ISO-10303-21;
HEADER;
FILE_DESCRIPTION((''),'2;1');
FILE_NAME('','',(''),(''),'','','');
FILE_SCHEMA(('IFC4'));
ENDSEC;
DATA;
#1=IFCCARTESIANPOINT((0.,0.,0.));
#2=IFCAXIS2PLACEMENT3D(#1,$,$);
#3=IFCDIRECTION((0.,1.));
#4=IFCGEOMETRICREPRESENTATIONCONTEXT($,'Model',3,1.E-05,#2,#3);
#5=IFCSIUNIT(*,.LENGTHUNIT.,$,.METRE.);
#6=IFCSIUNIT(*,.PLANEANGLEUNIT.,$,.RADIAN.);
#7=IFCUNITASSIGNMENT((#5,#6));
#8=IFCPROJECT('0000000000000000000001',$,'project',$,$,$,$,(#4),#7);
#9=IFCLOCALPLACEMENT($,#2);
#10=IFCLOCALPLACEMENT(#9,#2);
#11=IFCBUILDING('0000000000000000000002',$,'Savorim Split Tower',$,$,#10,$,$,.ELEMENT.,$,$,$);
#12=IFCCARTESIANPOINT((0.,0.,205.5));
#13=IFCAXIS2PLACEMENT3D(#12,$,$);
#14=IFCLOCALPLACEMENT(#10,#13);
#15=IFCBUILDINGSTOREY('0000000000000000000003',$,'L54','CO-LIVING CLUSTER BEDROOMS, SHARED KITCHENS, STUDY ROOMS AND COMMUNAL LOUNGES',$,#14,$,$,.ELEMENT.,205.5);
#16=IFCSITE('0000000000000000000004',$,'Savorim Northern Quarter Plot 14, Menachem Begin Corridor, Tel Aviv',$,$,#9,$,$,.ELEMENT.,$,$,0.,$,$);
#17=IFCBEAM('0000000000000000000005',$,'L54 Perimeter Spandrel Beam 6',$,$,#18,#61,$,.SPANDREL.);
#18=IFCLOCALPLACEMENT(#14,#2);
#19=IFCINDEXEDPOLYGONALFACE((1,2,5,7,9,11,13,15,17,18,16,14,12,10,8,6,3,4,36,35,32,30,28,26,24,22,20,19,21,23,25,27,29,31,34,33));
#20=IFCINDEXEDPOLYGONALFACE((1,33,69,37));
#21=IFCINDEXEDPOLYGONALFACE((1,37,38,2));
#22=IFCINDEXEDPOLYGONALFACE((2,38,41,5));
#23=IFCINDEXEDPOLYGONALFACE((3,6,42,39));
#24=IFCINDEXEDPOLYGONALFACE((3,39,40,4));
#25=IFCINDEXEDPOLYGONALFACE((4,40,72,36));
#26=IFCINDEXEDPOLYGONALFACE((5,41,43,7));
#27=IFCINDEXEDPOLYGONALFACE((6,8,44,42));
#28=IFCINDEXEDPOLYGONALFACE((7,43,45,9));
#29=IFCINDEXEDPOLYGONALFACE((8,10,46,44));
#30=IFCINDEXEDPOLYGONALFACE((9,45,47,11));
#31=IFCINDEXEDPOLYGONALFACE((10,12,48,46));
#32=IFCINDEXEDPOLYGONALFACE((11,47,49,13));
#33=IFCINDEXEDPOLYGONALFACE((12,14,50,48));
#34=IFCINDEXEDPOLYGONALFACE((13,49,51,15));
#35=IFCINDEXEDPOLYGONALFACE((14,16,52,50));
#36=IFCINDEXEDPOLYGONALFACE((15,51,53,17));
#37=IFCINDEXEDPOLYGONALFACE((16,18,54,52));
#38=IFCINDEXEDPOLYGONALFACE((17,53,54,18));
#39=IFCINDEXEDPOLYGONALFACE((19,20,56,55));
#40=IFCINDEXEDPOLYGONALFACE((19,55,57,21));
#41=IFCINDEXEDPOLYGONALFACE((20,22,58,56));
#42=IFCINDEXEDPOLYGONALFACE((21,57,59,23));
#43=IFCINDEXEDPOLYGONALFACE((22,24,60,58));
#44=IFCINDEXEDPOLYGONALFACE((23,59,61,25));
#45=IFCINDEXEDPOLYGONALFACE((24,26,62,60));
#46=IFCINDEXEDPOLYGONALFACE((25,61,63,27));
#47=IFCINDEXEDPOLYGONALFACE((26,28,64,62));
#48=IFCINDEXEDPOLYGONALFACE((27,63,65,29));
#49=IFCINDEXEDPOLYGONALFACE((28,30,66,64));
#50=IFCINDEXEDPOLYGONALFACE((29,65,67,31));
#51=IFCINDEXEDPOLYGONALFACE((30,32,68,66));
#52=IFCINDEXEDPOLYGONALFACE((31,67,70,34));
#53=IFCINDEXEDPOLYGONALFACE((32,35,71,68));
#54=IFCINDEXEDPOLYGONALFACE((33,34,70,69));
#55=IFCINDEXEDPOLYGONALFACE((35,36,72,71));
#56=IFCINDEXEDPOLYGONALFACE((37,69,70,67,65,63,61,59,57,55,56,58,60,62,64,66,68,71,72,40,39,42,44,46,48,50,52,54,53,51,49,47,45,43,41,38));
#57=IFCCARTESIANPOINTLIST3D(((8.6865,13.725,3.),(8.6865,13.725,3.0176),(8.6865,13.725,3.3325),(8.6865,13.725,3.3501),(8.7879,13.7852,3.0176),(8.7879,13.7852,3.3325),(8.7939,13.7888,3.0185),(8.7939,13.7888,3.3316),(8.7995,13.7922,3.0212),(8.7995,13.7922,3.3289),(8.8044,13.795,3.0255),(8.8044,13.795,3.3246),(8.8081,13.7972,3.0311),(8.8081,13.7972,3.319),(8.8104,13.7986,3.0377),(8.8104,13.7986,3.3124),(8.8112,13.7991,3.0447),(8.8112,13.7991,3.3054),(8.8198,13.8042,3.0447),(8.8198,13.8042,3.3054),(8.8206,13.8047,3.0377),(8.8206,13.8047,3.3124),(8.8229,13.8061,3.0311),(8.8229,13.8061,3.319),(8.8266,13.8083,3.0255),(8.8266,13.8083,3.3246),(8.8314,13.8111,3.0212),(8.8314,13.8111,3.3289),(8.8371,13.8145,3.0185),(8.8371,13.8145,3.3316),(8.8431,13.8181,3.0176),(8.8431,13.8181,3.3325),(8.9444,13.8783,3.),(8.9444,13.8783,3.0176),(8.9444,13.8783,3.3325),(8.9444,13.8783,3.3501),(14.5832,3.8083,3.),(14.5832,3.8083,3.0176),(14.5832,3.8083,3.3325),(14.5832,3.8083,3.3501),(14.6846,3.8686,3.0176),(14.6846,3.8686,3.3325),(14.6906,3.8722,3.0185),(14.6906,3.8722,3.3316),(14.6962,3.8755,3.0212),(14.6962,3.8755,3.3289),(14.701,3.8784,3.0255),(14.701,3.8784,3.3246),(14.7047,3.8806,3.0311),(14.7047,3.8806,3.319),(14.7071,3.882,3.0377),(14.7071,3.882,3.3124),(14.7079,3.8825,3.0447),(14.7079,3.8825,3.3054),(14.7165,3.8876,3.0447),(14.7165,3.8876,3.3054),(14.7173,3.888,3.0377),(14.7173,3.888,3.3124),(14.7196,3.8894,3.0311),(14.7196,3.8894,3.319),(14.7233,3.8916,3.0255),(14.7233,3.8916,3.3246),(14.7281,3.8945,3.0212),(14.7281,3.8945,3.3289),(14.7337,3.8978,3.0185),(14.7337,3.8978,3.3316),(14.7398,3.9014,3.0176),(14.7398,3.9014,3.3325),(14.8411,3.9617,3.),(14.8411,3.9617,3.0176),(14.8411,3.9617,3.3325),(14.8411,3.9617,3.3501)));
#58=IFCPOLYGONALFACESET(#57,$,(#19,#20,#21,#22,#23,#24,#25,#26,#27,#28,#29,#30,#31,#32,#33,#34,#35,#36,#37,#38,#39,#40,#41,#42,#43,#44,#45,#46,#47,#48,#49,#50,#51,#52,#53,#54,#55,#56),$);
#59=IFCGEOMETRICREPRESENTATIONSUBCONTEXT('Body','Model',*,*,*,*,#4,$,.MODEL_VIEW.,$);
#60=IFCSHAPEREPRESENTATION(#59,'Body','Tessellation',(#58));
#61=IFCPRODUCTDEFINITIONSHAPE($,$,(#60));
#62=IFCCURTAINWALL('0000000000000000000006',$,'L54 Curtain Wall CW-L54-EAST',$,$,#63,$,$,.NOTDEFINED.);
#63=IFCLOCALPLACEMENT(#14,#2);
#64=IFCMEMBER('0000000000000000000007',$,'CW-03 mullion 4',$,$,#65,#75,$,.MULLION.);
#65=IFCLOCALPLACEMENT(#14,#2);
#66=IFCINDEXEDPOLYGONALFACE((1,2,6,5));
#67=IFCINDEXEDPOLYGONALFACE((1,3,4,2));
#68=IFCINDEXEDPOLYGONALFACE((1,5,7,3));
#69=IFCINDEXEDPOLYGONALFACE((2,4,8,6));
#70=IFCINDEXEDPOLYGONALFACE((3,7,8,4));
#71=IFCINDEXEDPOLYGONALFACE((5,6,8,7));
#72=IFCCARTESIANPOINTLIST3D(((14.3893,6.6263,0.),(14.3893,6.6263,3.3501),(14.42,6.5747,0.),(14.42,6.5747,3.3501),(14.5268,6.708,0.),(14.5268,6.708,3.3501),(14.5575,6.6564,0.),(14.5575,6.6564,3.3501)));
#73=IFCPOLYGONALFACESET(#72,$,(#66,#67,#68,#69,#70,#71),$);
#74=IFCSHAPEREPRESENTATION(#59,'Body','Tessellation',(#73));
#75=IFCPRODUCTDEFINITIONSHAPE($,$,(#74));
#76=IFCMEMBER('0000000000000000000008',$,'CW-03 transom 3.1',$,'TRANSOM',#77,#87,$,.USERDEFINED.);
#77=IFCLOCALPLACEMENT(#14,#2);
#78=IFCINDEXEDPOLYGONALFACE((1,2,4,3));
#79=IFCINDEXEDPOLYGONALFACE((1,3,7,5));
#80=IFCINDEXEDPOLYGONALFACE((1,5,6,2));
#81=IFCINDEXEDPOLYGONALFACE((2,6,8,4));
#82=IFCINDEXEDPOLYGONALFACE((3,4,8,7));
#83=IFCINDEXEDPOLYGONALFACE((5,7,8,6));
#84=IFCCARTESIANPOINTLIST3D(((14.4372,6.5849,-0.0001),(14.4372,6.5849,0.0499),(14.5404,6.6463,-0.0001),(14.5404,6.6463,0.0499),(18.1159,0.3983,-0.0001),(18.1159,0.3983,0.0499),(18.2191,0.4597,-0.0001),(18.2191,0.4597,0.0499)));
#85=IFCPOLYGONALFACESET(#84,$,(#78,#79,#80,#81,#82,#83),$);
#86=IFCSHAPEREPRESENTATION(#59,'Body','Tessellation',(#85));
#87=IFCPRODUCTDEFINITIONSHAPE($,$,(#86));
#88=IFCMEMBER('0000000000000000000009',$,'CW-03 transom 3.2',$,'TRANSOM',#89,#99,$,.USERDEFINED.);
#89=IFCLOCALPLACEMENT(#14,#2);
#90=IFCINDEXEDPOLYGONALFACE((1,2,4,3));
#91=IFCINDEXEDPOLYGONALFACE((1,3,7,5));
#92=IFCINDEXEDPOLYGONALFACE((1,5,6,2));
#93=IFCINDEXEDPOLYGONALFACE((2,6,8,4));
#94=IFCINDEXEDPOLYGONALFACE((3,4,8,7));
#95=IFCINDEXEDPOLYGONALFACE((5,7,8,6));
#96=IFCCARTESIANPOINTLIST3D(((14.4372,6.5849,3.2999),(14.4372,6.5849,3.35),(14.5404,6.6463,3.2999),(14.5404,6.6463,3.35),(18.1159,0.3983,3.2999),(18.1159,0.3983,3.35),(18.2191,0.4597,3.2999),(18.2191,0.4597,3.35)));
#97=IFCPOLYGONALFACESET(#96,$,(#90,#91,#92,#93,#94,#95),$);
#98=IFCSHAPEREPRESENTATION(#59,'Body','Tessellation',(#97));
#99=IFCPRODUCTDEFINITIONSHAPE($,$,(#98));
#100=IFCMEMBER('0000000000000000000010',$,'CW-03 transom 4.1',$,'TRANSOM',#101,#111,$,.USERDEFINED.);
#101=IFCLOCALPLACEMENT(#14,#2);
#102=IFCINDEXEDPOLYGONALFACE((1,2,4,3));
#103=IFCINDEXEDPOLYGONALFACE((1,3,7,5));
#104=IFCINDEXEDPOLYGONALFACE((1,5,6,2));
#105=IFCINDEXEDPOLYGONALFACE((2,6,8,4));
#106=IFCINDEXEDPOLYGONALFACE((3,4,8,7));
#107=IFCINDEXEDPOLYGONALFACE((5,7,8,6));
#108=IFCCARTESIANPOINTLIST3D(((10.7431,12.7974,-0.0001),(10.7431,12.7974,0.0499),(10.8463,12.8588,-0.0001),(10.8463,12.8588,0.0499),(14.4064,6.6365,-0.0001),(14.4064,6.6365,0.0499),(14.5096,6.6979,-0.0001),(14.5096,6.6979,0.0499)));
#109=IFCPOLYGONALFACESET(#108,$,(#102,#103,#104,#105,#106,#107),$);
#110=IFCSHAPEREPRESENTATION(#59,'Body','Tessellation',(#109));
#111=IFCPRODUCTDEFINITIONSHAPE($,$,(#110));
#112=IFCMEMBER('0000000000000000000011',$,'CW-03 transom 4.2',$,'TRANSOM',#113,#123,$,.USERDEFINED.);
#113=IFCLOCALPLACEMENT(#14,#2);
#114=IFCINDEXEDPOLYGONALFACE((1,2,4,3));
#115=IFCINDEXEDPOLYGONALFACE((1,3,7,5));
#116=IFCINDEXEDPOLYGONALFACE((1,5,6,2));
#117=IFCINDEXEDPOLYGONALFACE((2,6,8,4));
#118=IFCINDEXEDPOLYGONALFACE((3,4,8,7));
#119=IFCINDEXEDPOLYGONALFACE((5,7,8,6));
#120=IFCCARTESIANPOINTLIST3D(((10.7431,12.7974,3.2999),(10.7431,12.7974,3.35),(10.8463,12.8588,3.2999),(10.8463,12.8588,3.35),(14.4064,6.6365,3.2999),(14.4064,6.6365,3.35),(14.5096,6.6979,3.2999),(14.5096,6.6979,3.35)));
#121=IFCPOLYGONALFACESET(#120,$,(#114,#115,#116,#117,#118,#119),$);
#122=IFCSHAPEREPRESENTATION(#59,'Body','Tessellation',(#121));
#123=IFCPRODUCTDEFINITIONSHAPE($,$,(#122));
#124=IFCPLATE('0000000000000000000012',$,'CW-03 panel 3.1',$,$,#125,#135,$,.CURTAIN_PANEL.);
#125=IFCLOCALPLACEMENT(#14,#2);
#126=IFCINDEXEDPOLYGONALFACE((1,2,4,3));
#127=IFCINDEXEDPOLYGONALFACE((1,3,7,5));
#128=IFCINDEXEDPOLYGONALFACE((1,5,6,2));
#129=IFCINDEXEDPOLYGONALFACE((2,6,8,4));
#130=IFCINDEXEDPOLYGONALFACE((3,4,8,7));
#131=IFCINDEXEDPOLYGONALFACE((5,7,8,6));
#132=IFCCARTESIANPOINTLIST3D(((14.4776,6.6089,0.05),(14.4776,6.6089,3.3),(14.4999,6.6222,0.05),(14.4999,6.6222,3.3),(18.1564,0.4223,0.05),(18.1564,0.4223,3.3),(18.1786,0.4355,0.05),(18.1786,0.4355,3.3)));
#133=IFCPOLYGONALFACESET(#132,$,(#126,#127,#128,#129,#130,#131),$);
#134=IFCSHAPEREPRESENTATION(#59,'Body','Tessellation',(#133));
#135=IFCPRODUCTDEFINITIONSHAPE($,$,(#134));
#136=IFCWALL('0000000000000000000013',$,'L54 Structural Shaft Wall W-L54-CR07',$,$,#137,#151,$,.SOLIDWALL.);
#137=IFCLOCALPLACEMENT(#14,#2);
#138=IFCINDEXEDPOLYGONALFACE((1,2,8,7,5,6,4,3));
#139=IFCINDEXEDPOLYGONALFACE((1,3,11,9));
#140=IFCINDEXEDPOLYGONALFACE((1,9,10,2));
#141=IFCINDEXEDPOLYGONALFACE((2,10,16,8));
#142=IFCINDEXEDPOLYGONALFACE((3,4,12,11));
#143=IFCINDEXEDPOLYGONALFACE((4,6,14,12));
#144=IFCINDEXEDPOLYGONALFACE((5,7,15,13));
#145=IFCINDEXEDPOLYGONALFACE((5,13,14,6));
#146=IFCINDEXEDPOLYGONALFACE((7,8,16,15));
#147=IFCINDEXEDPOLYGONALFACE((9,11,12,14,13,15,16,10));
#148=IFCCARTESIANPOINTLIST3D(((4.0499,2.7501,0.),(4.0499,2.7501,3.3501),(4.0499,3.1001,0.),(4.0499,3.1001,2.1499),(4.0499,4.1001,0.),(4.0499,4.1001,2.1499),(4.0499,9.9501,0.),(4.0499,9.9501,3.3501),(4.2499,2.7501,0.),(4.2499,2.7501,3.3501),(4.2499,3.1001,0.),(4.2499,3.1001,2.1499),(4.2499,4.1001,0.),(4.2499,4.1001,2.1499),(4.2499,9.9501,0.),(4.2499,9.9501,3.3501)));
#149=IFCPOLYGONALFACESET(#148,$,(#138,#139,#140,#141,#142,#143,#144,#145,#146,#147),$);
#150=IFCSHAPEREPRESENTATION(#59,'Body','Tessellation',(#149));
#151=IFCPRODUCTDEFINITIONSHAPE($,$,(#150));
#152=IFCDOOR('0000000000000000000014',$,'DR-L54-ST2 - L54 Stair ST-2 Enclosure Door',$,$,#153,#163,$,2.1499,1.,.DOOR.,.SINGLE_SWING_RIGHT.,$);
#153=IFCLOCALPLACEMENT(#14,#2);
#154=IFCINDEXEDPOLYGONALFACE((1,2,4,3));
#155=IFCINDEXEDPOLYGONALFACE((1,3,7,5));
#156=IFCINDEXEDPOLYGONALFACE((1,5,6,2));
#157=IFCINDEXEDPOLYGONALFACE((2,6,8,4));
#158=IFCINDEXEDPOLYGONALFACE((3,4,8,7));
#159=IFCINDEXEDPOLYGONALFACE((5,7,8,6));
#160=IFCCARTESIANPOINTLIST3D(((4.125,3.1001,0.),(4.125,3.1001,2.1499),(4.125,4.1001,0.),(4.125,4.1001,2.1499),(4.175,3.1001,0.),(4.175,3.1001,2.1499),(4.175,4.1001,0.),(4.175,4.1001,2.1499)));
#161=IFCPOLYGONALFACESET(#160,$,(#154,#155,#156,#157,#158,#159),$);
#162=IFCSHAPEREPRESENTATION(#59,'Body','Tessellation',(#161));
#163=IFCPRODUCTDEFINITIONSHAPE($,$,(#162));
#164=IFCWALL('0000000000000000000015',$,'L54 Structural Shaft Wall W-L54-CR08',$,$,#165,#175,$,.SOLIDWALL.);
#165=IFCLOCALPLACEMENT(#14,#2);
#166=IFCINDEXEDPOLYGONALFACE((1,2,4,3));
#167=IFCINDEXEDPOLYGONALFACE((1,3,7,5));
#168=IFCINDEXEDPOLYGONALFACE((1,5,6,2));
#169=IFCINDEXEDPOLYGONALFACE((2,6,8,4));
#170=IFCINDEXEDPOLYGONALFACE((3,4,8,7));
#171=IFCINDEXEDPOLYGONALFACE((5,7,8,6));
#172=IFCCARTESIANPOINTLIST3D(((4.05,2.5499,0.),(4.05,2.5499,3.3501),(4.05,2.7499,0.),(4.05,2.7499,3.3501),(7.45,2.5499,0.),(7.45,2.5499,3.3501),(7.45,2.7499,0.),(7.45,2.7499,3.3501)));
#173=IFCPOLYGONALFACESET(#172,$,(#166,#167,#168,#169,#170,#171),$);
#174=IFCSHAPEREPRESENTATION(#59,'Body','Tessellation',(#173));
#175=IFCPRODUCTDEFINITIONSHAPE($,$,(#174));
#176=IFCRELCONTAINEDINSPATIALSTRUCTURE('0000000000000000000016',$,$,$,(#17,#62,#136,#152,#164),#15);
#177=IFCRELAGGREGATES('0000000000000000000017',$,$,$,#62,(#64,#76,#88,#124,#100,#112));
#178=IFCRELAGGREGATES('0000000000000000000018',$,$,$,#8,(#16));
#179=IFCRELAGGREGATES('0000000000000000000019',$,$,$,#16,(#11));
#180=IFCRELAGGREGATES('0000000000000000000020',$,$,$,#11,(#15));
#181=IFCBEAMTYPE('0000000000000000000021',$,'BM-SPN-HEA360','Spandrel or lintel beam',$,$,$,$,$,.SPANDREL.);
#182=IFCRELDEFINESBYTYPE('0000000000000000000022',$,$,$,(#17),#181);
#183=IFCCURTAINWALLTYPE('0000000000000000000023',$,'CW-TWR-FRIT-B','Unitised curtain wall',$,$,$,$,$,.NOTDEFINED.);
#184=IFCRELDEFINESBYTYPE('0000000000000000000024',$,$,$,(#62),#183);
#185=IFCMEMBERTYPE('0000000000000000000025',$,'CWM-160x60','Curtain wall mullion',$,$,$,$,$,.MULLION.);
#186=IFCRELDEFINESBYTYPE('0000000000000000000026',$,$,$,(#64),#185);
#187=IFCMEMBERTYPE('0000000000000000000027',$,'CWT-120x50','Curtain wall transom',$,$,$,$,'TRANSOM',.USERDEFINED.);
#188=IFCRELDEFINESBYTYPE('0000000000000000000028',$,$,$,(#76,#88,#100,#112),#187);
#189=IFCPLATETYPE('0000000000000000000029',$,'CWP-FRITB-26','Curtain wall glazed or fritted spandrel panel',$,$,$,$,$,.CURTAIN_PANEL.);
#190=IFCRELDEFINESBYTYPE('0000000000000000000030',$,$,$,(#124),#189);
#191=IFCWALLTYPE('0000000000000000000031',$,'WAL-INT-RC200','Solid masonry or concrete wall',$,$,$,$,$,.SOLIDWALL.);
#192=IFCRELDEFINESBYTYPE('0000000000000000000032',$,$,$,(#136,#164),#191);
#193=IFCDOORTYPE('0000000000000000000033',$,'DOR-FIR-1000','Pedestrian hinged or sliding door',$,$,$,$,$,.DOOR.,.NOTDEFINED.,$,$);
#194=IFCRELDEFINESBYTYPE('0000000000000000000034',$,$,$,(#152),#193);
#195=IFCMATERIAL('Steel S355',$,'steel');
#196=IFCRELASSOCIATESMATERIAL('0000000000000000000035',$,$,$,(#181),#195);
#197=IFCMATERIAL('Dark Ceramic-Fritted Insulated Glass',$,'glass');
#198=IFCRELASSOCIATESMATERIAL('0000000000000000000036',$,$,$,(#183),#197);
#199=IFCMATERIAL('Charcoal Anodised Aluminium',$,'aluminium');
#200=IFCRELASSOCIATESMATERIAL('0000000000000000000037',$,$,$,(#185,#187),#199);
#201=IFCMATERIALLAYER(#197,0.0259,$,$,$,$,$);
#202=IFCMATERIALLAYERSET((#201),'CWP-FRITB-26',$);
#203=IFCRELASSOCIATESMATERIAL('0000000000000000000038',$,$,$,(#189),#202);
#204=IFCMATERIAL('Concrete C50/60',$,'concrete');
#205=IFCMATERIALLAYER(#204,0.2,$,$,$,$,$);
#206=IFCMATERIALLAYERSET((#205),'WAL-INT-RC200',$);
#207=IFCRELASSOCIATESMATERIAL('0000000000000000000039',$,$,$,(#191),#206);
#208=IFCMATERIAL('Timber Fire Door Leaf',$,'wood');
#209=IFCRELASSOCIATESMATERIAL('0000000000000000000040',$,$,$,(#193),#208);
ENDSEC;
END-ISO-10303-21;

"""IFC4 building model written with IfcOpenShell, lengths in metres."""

from ifc_helpers import new_model, si_unit, direction, frame, frame_2d, origin, origin_2d, place, context, subcontext, project, spatial, rectangle, i_section, extrude, material, layer, layer_set, material_profile, profile_set, type_object, element, fill, aggregate, save


model = new_model("IFC4")

# Units and contexts
model_context = context("Model", 3, precision=1e-05, world=origin(), true_north=direction((0.0, 1.0)))
body_context = subcontext(model_context, "Body", "Model", "MODEL_VIEW")
ifc_project = project(units=[si_unit("LENGTHUNIT", "METRE"), si_unit("PLANEANGLEUNIT", "RADIAN")], contexts=[model_context])

# Site, building, storey
site_placement = place(None, origin())
site = spatial("IfcSite", under=ifc_project, at=site_placement, Name="Savorim Northern Quarter Plot 14, Menachem Begin Corridor, Tel Aviv", CompositionType="ELEMENT", RefElevation=0.0)
building_placement = place(site_placement, origin())
building = spatial("IfcBuilding", under=site, at=building_placement, Name="Savorim Split Tower", CompositionType="ELEMENT")
storey_placement = place(building_placement, frame((0.0, 0.0, 205.5)))
storey = spatial("IfcBuildingStorey", under=building, at=storey_placement, Name="L54", Description="CO-LIVING CLUSTER BEDROOMS, SHARED KITCHENS, STUDY ROOMS AND COMMUNAL LOUNGES", CompositionType="ELEMENT", Elevation=205.5)

# Shared definitions
ifc_material_1 = material(Name="Steel S355", Category="steel")

# Beam
ifc_material_profile_1 = material_profile(ifc_material_1, i_section(OverallWidth=0.3, OverallDepth=0.3501, WebThickness=0.01, FlangeThickness=0.0176, FilletRadius=0.0271, at=origin_2d()), Name="HEA 360")
ifc_profile_set_1 = profile_set([ifc_material_profile_1], Name="Steel S355")
beam_type_1 = type_object("IfcBeamType", Name="BM-SPN-HEA360", Description="Spandrel or lintel beam", PredefinedType="SPANDREL", material=ifc_profile_set_1)
beam_1_placement = place(storey_placement, frame((14.7122, 3.885, 3.175), z_axis=(-0.511094, 0.859525, 0.0), x_axis=(-0.859525, -0.511094, 0.0)))
element("IfcBeam", 1, at=beam_1_placement, inside=storey, type_object=beam_type_1, Name="L54 Perimeter Spandrel Beam 6", PredefinedType="SPANDREL", context=body_context, shape_type="SweptSolid", body=[
    extrude(i_section(OverallWidth=0.3, OverallDepth=0.3501, WebThickness=0.01, FlangeThickness=0.0176, FilletRadius=0.0271, at=origin_2d()), origin(), (0.0, 0.0, 1.0), 11.5374),
])

# Curtain wall, members, plate
ifc_material_2 = material(Name="Dark Ceramic-Fritted Insulated Glass", Category="glass")
curtain_wall_type = type_object("IfcCurtainWallType", Name="CW-TWR-FRIT-B", Description="Unitised curtain wall", PredefinedType="NOTDEFINED", material=ifc_material_2)
curtain_wall_placement = place(storey_placement, origin())
curtain_wall = element("IfcCurtainWall", 2, at=curtain_wall_placement, inside=storey, type_object=curtain_wall_type, Name="L54 Curtain Wall CW-L54-EAST", PredefinedType="NOTDEFINED")
ifc_material_3 = material(Name="Charcoal Anodised Aluminium", Category="aluminium")
ifc_material_profile_2 = material_profile(ifc_material_3, rectangle(XDim=0.1599, YDim=0.0601, at=origin_2d()), Name="ALU-M 160x60")
ifc_profile_set_2 = profile_set([ifc_material_profile_2], Name="Charcoal Anodised Aluminium")
member_type_1 = type_object("IfcMemberType", Name="CWM-160x60", Description="Curtain wall mullion", PredefinedType="MULLION", material=ifc_profile_set_2)
member_1_placement = place(storey_placement, frame((14.4734, 6.6414, 0.0), z_axis=(0.0, 0.0, 1.0), x_axis=(-0.859526, -0.511092, 0.0)))
member_1 = element("IfcMember", 3, at=member_1_placement, type_object=member_type_1, Name="CW-03 mullion 4", PredefinedType="MULLION", context=body_context, shape_type="SweptSolid", body=[
    extrude(rectangle(XDim=0.1599, YDim=0.0601, at=origin_2d()), origin(), (0.0, 0.0, 1.0), 3.3501),
])
ifc_material_profile_3 = material_profile(ifc_material_3, rectangle(XDim=0.1201, YDim=0.05, at=origin_2d()), Name="ALU-T 120x50")
ifc_profile_set_3 = profile_set([ifc_material_profile_3], Name="Charcoal Anodised Aluminium")
member_type_2 = type_object("IfcMemberType", Name="CWT-120x50", Description="Curtain wall transom", ElementType="TRANSOM", PredefinedType="USERDEFINED", material=ifc_profile_set_3)
member_2_placement = place(storey_placement, frame((18.1675, 0.429, 0.0249), z_axis=(-0.511085, 0.85953, 0.0), x_axis=(-0.85953, -0.511085, 0.0)))
member_2 = element("IfcMember", 4, at=member_2_placement, type_object=member_type_2, Name="CW-03 transom 3.1", ObjectType="TRANSOM", PredefinedType="USERDEFINED", context=body_context, shape_type="SweptSolid", body=[
    extrude(rectangle(XDim=0.1201, YDim=0.05, at=origin_2d()), origin(), (0.0, 0.0, 1.0), 7.1978),
])
member_3_placement = place(storey_placement, frame((18.1675, 0.429, 3.325), z_axis=(-0.511085, 0.85953, 0.0), x_axis=(-0.85953, -0.511085, 0.0)))
member_3 = element("IfcMember", 5, at=member_3_placement, type_object=member_type_2, Name="CW-03 transom 3.2", ObjectType="TRANSOM", PredefinedType="USERDEFINED", context=body_context, shape_type="SweptSolid", body=[
    extrude(rectangle(XDim=0.1201, YDim=0.05, at=origin_2d()), origin(), (0.0, 0.0, 1.0), 7.1978),
])
member_4_placement = place(storey_placement, frame((14.458, 6.6672, 0.0249), z_axis=(-0.511086, 0.85953, 0.0), x_axis=(-0.85953, -0.511086, 0.0)))
member_4 = element("IfcMember", 6, at=member_4_placement, type_object=member_type_2, Name="CW-03 transom 4.1", ObjectType="TRANSOM", PredefinedType="USERDEFINED", context=body_context, shape_type="SweptSolid", body=[
    extrude(rectangle(XDim=0.1201, YDim=0.05, at=origin_2d()), origin(), (0.0, 0.0, 1.0), 7.1677),
])
member_5_placement = place(storey_placement, frame((14.458, 6.6672, 3.325), z_axis=(-0.511086, 0.85953, 0.0), x_axis=(-0.85953, -0.511086, 0.0)))
member_5 = element("IfcMember", 7, at=member_5_placement, type_object=member_type_2, Name="CW-03 transom 4.2", ObjectType="TRANSOM", PredefinedType="USERDEFINED", context=body_context, shape_type="SweptSolid", body=[
    extrude(rectangle(XDim=0.1201, YDim=0.05, at=origin_2d()), origin(), (0.0, 0.0, 1.0), 7.1677),
])
ifc_layer_1 = layer(ifc_material_2, 0.0259)
ifc_layer_set_1 = layer_set([ifc_layer_1], Name="CWP-FRITB-26")
plate_type = type_object("IfcPlateType", Name="CWP-FRITB-26", Description="Curtain wall glazed or fritted spandrel panel", PredefinedType="CURTAIN_PANEL", material=ifc_layer_set_1)
plate_placement = place(storey_placement, frame((16.3281, 3.5222, 0.05), z_axis=(0.0, 0.0, 1.0), x_axis=(-0.511092, 0.859526, 0.0)))
plate = element("IfcPlate", 8, at=plate_placement, type_object=plate_type, Name="CW-03 panel 3.1", PredefinedType="CURTAIN_PANEL", context=body_context, shape_type="SweptSolid", body=[
    extrude(rectangle(XDim=7.1978, YDim=0.0259, at=origin_2d()), origin(), (0.0, 0.0, 1.0), 3.25),
])
aggregate(curtain_wall, [member_1, member_2, member_3, plate, member_4, member_5])

# Wall, opening, door
ifc_material_4 = material(Name="Concrete C50/60", Category="concrete")
ifc_layer_2 = layer(ifc_material_4, 0.2)
ifc_layer_set_2 = layer_set([ifc_layer_2], Name="WAL-INT-RC200")
wall_type_1 = type_object("IfcWallType", Name="WAL-INT-RC200", Description="Solid masonry or concrete wall", PredefinedType="SOLIDWALL", material=ifc_layer_set_2)
wall_1_placement = place(storey_placement, frame((4.1499, 2.75, 0.0), z_axis=(0.0, 0.0, 1.0), x_axis=(0.0, 1.0, 0.0)))
wall_1 = element("IfcWall", 9, at=wall_1_placement, inside=storey, type_object=wall_type_1, Name="L54 Structural Shaft Wall W-L54-CR07", PredefinedType="SOLIDWALL", context=body_context, shape_type="SweptSolid", body=[
    extrude(rectangle(XDim=7.2, YDim=0.2, at=frame_2d((3.6001, 0.0))), origin(), (0.0, 0.0, 1.0), 3.3501),
])
opening_1_placement = place(wall_1_placement, frame((0.3501, 0.0, 0.0)))
opening_1 = element("IfcOpeningElement", 10, at=opening_1_placement, cuts=wall_1, PredefinedType="OPENING", context=body_context, shape_type="SweptSolid", body=[
    extrude(rectangle(XDim=1.0, YDim=2.1499, at=frame_2d((0.5, 1.075))), frame((0.0, 0.1099, 0.0), z_axis=(0.0, -1.0, 0.0), x_axis=(1.0, 0.0, 0.0)), (0.0, 0.0, 1.0), 0.22),
])
ifc_material_5 = material(Name="Timber Fire Door Leaf", Category="wood")
door_type_1 = type_object("IfcDoorType", Name="DOR-FIR-1000", Description="Pedestrian hinged or sliding door", OperationType="NOTDEFINED", PredefinedType="DOOR", material=ifc_material_5)
door_1_placement = place(opening_1_placement, origin())
door_1 = element("IfcDoor", 11, at=door_1_placement, inside=storey, type_object=door_type_1, Name="DR-L54-ST2 - L54 Stair ST-2 Enclosure Door", OperationType="SINGLE_SWING_RIGHT", OverallHeight=2.1499, OverallWidth=1.0, PredefinedType="DOOR", context=body_context, shape_type="SweptSolid", body=[
    extrude(rectangle(XDim=1.0, YDim=2.1499, at=frame_2d((0.5, 1.075))), frame((0.0, 0.0249, 0.0), z_axis=(0.0, -1.0, 0.0), x_axis=(1.0, 0.0, 0.0)), (0.0, 0.0, 1.0), 0.05),
])
fill(opening_1, door_1)

# Wall
wall_2_placement = place(storey_placement, frame((4.05, 2.6499, 0.0), z_axis=(0.0, 0.0, 1.0), x_axis=(1.0, 0.0, 0.0)))
element("IfcWall", 12, at=wall_2_placement, inside=storey, type_object=wall_type_1, Name="L54 Structural Shaft Wall W-L54-CR08", PredefinedType="SOLIDWALL", context=body_context, shape_type="SweptSolid", body=[
    extrude(rectangle(XDim=3.3999, YDim=0.2, at=frame_2d((1.7, 0.0))), origin(), (0.0, 0.0, 1.0), 3.3501),
])

save(model, "model.ifc")
